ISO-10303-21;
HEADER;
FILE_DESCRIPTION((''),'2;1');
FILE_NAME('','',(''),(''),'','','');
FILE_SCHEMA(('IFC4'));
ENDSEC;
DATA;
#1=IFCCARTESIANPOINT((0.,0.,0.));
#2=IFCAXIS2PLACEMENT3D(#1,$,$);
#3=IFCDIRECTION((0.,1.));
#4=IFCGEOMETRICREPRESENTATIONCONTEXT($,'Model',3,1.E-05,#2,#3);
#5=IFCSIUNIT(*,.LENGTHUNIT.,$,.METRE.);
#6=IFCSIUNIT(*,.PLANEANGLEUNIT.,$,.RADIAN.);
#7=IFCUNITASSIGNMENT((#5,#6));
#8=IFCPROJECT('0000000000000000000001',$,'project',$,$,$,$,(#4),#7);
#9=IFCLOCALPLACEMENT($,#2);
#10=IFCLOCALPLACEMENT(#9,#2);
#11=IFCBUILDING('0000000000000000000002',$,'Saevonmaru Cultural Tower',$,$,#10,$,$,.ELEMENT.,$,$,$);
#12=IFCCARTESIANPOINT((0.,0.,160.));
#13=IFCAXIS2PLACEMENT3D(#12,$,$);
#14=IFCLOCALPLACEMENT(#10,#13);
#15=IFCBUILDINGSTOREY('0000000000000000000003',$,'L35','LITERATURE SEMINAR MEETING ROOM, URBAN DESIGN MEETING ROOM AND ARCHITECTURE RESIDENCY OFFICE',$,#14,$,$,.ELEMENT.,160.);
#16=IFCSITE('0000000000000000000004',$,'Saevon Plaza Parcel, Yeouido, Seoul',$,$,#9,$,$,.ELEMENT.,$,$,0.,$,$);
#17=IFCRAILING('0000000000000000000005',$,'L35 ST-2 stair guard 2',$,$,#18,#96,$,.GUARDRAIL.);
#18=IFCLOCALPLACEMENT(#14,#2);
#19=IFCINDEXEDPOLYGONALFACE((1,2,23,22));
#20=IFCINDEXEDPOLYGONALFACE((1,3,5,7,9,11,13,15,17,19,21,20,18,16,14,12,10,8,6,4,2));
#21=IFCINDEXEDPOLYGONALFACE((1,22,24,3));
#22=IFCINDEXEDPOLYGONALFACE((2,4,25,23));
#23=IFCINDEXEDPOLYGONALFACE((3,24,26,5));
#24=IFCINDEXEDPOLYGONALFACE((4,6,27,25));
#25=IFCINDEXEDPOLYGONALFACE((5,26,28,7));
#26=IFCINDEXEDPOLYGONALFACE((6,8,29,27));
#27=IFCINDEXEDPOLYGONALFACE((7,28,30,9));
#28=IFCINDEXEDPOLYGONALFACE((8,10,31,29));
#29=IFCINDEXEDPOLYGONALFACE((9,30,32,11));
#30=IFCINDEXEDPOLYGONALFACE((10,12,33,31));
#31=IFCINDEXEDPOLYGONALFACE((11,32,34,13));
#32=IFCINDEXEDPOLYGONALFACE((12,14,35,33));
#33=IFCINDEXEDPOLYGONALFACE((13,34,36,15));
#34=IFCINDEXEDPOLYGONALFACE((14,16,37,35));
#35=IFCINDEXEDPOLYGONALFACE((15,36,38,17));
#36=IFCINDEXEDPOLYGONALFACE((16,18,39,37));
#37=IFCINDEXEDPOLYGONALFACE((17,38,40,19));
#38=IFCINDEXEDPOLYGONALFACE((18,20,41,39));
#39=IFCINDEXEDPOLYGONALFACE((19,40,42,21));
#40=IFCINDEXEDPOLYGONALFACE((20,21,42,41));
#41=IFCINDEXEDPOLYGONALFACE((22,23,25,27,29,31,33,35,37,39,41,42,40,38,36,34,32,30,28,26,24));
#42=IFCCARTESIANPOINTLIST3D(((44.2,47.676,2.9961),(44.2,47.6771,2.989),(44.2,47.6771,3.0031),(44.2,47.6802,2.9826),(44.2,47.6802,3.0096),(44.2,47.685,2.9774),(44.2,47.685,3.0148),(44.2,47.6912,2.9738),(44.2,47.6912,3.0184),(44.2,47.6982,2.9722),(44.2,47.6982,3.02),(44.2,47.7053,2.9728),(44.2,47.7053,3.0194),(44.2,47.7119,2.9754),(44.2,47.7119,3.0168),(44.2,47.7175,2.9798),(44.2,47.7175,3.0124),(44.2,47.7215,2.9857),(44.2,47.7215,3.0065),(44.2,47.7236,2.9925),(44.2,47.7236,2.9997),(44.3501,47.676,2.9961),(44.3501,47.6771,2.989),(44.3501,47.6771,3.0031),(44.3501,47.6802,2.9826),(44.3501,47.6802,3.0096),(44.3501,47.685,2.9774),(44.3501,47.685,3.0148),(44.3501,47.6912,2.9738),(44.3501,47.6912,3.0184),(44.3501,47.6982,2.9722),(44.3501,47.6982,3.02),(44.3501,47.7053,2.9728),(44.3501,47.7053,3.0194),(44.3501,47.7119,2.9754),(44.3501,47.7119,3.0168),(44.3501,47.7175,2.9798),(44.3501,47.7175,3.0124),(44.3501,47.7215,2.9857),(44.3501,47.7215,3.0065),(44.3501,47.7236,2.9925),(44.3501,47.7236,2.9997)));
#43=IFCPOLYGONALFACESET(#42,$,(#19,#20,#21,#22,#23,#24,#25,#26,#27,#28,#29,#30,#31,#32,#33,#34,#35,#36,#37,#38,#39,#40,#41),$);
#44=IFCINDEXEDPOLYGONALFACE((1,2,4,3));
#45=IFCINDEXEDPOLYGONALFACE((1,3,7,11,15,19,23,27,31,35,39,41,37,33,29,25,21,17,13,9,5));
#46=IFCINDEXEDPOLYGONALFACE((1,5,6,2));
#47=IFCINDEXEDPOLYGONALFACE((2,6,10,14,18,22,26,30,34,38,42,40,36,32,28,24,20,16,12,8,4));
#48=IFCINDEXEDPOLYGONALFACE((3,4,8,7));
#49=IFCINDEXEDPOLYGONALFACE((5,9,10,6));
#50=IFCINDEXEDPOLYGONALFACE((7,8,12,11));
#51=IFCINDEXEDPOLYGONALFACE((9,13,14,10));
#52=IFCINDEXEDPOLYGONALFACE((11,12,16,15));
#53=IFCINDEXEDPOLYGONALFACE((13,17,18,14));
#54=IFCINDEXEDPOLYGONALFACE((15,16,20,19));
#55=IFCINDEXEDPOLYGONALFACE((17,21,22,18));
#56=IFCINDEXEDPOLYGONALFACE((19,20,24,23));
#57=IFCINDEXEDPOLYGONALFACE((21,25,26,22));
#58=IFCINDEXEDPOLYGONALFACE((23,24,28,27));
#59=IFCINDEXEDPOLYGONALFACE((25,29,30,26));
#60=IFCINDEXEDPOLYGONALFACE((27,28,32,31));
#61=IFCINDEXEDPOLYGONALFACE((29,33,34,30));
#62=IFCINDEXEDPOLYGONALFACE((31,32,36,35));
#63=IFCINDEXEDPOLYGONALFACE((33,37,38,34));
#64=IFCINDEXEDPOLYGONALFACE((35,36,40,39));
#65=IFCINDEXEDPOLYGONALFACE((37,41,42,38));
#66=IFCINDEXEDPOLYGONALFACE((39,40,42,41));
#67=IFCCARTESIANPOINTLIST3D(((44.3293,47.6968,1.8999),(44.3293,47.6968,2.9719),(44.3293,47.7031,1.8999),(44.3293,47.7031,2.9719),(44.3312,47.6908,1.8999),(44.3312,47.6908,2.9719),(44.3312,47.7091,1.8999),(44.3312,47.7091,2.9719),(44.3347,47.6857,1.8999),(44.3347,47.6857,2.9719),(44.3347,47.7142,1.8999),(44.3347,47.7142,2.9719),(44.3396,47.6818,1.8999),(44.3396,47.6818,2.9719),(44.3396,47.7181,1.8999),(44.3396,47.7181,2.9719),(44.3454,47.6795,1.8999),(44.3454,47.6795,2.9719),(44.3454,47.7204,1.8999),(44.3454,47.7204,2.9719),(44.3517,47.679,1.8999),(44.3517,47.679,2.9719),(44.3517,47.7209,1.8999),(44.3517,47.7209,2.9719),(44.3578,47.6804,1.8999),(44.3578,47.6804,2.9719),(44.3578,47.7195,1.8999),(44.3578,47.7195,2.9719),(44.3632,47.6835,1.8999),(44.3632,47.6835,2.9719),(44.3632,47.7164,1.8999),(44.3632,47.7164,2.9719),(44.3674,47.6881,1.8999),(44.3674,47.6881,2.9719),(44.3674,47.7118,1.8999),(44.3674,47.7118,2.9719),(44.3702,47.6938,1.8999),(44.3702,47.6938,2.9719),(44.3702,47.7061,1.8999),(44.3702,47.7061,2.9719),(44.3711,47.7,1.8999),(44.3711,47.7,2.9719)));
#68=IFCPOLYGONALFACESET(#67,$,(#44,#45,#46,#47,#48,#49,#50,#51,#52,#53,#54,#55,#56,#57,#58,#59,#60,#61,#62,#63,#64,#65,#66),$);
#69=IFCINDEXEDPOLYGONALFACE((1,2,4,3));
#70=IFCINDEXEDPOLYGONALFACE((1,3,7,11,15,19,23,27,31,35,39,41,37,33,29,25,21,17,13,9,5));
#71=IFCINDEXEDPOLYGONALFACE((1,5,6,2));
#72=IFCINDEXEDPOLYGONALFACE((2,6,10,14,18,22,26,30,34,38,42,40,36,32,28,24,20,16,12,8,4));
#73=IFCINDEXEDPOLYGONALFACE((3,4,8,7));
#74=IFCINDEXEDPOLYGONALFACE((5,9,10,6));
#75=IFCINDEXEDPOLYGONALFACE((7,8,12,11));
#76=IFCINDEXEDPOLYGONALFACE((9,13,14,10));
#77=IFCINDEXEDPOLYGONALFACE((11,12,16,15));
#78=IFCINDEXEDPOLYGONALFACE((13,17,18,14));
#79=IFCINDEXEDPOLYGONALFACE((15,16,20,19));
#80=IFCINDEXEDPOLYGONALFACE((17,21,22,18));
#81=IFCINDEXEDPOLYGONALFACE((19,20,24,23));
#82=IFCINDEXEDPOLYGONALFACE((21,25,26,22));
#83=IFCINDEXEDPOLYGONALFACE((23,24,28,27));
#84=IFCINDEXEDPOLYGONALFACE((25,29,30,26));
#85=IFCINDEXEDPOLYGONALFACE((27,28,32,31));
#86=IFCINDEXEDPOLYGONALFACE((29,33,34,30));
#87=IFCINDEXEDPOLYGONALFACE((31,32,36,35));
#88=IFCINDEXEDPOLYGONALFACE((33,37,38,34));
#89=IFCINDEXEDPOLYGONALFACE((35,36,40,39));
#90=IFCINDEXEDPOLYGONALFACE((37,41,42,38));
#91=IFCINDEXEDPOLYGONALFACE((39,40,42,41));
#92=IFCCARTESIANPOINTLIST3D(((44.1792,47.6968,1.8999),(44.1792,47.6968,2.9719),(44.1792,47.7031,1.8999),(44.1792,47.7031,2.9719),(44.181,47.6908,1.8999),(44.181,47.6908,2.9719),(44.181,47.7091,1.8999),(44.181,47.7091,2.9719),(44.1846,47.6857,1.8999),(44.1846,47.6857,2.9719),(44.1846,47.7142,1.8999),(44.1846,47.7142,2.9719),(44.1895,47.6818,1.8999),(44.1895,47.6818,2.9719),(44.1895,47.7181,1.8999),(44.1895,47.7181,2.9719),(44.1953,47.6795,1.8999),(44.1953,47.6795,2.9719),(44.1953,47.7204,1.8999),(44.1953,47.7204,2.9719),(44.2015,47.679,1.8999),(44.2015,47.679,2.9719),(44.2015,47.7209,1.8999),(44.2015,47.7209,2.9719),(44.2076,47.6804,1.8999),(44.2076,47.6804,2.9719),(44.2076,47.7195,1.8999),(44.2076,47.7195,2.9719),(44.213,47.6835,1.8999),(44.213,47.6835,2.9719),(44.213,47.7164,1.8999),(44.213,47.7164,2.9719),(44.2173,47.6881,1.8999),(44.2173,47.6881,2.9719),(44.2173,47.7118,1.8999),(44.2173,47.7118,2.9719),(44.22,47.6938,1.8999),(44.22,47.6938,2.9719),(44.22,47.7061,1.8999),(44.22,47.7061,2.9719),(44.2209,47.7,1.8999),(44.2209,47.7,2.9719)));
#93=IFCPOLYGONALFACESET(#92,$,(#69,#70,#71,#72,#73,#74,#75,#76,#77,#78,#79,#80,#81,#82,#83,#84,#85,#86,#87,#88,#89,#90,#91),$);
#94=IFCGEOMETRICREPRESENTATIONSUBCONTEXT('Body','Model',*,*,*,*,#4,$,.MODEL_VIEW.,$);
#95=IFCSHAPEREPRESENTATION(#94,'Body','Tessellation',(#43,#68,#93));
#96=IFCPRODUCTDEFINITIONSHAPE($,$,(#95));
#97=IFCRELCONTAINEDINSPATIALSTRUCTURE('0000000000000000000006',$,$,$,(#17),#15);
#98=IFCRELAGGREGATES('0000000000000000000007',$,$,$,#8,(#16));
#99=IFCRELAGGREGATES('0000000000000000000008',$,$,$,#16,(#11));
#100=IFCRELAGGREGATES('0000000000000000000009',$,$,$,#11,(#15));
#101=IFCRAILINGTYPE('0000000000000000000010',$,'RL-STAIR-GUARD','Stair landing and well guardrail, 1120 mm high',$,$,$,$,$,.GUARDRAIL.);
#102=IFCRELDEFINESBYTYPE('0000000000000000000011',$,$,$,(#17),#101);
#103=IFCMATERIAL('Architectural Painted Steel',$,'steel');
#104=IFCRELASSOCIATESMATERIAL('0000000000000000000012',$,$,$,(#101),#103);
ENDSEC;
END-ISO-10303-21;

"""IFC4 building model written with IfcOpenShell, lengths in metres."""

from ifc_helpers import new_model, si_unit, direction, frame, origin, origin_2d, place, context, subcontext, project, spatial, circle, extrude, material, type_object, element, save


model = new_model("IFC4")

# Units and contexts
model_context = context("Model", 3, precision=1e-05, world=origin(), true_north=direction((0.0, 1.0)))
body_context = subcontext(model_context, "Body", "Model", "MODEL_VIEW")
ifc_project = project(units=[si_unit("LENGTHUNIT", "METRE"), si_unit("PLANEANGLEUNIT", "RADIAN")], contexts=[model_context])

# Site, building, storey
site_placement = place(None, origin())
site = spatial("IfcSite", under=ifc_project, at=site_placement, Name="Saevon Plaza Parcel, Yeouido, Seoul", CompositionType="ELEMENT", RefElevation=0.0)
building_placement = place(site_placement, origin())
building = spatial("IfcBuilding", under=site, at=building_placement, Name="Saevonmaru Cultural Tower", CompositionType="ELEMENT")
storey_placement = place(building_placement, frame((0.0, 0.0, 160.0)))
storey = spatial("IfcBuildingStorey", under=building, at=storey_placement, Name="L35", Description="LITERATURE SEMINAR MEETING ROOM, URBAN DESIGN MEETING ROOM AND ARCHITECTURE RESIDENCY OFFICE", CompositionType="ELEMENT", Elevation=160.0)

# Railing
ifc_material_1 = material(Name="Architectural Painted Steel", Category="steel")
railing_type_1 = type_object("IfcRailingType", Name="RL-STAIR-GUARD", Description="Stair landing and well guardrail, 1120 mm high", PredefinedType="GUARDRAIL", material=ifc_material_1)
railing_1_placement = place(storey_placement, frame((44.3501, 47.7, 1.8999)))
element("IfcRailing", 1, at=railing_1_placement, inside=storey, type_object=railing_type_1, Name="L35 ST-2 stair guard 2", PredefinedType="GUARDRAIL", context=body_context, shape_type="SweptSolid", body=[
    extrude(circle(Radius=0.0239, at=origin_2d()), frame((0.0, 0.0, 1.0962), z_axis=(-1.0, 0.0, 0.0), x_axis=(0.0, -1.0, 0.0)), (0.0, 0.0, 1.0), 0.1501),
    extrude(circle(Radius=0.021, at=origin_2d()), origin(), (0.0, 0.0, 1.0), 1.072),
    extrude(circle(Radius=0.021, at=origin_2d()), frame((-0.1501, 0.0, 0.0)), (0.0, 0.0, 1.0), 1.072),
])

save(model, "model.ifc")
